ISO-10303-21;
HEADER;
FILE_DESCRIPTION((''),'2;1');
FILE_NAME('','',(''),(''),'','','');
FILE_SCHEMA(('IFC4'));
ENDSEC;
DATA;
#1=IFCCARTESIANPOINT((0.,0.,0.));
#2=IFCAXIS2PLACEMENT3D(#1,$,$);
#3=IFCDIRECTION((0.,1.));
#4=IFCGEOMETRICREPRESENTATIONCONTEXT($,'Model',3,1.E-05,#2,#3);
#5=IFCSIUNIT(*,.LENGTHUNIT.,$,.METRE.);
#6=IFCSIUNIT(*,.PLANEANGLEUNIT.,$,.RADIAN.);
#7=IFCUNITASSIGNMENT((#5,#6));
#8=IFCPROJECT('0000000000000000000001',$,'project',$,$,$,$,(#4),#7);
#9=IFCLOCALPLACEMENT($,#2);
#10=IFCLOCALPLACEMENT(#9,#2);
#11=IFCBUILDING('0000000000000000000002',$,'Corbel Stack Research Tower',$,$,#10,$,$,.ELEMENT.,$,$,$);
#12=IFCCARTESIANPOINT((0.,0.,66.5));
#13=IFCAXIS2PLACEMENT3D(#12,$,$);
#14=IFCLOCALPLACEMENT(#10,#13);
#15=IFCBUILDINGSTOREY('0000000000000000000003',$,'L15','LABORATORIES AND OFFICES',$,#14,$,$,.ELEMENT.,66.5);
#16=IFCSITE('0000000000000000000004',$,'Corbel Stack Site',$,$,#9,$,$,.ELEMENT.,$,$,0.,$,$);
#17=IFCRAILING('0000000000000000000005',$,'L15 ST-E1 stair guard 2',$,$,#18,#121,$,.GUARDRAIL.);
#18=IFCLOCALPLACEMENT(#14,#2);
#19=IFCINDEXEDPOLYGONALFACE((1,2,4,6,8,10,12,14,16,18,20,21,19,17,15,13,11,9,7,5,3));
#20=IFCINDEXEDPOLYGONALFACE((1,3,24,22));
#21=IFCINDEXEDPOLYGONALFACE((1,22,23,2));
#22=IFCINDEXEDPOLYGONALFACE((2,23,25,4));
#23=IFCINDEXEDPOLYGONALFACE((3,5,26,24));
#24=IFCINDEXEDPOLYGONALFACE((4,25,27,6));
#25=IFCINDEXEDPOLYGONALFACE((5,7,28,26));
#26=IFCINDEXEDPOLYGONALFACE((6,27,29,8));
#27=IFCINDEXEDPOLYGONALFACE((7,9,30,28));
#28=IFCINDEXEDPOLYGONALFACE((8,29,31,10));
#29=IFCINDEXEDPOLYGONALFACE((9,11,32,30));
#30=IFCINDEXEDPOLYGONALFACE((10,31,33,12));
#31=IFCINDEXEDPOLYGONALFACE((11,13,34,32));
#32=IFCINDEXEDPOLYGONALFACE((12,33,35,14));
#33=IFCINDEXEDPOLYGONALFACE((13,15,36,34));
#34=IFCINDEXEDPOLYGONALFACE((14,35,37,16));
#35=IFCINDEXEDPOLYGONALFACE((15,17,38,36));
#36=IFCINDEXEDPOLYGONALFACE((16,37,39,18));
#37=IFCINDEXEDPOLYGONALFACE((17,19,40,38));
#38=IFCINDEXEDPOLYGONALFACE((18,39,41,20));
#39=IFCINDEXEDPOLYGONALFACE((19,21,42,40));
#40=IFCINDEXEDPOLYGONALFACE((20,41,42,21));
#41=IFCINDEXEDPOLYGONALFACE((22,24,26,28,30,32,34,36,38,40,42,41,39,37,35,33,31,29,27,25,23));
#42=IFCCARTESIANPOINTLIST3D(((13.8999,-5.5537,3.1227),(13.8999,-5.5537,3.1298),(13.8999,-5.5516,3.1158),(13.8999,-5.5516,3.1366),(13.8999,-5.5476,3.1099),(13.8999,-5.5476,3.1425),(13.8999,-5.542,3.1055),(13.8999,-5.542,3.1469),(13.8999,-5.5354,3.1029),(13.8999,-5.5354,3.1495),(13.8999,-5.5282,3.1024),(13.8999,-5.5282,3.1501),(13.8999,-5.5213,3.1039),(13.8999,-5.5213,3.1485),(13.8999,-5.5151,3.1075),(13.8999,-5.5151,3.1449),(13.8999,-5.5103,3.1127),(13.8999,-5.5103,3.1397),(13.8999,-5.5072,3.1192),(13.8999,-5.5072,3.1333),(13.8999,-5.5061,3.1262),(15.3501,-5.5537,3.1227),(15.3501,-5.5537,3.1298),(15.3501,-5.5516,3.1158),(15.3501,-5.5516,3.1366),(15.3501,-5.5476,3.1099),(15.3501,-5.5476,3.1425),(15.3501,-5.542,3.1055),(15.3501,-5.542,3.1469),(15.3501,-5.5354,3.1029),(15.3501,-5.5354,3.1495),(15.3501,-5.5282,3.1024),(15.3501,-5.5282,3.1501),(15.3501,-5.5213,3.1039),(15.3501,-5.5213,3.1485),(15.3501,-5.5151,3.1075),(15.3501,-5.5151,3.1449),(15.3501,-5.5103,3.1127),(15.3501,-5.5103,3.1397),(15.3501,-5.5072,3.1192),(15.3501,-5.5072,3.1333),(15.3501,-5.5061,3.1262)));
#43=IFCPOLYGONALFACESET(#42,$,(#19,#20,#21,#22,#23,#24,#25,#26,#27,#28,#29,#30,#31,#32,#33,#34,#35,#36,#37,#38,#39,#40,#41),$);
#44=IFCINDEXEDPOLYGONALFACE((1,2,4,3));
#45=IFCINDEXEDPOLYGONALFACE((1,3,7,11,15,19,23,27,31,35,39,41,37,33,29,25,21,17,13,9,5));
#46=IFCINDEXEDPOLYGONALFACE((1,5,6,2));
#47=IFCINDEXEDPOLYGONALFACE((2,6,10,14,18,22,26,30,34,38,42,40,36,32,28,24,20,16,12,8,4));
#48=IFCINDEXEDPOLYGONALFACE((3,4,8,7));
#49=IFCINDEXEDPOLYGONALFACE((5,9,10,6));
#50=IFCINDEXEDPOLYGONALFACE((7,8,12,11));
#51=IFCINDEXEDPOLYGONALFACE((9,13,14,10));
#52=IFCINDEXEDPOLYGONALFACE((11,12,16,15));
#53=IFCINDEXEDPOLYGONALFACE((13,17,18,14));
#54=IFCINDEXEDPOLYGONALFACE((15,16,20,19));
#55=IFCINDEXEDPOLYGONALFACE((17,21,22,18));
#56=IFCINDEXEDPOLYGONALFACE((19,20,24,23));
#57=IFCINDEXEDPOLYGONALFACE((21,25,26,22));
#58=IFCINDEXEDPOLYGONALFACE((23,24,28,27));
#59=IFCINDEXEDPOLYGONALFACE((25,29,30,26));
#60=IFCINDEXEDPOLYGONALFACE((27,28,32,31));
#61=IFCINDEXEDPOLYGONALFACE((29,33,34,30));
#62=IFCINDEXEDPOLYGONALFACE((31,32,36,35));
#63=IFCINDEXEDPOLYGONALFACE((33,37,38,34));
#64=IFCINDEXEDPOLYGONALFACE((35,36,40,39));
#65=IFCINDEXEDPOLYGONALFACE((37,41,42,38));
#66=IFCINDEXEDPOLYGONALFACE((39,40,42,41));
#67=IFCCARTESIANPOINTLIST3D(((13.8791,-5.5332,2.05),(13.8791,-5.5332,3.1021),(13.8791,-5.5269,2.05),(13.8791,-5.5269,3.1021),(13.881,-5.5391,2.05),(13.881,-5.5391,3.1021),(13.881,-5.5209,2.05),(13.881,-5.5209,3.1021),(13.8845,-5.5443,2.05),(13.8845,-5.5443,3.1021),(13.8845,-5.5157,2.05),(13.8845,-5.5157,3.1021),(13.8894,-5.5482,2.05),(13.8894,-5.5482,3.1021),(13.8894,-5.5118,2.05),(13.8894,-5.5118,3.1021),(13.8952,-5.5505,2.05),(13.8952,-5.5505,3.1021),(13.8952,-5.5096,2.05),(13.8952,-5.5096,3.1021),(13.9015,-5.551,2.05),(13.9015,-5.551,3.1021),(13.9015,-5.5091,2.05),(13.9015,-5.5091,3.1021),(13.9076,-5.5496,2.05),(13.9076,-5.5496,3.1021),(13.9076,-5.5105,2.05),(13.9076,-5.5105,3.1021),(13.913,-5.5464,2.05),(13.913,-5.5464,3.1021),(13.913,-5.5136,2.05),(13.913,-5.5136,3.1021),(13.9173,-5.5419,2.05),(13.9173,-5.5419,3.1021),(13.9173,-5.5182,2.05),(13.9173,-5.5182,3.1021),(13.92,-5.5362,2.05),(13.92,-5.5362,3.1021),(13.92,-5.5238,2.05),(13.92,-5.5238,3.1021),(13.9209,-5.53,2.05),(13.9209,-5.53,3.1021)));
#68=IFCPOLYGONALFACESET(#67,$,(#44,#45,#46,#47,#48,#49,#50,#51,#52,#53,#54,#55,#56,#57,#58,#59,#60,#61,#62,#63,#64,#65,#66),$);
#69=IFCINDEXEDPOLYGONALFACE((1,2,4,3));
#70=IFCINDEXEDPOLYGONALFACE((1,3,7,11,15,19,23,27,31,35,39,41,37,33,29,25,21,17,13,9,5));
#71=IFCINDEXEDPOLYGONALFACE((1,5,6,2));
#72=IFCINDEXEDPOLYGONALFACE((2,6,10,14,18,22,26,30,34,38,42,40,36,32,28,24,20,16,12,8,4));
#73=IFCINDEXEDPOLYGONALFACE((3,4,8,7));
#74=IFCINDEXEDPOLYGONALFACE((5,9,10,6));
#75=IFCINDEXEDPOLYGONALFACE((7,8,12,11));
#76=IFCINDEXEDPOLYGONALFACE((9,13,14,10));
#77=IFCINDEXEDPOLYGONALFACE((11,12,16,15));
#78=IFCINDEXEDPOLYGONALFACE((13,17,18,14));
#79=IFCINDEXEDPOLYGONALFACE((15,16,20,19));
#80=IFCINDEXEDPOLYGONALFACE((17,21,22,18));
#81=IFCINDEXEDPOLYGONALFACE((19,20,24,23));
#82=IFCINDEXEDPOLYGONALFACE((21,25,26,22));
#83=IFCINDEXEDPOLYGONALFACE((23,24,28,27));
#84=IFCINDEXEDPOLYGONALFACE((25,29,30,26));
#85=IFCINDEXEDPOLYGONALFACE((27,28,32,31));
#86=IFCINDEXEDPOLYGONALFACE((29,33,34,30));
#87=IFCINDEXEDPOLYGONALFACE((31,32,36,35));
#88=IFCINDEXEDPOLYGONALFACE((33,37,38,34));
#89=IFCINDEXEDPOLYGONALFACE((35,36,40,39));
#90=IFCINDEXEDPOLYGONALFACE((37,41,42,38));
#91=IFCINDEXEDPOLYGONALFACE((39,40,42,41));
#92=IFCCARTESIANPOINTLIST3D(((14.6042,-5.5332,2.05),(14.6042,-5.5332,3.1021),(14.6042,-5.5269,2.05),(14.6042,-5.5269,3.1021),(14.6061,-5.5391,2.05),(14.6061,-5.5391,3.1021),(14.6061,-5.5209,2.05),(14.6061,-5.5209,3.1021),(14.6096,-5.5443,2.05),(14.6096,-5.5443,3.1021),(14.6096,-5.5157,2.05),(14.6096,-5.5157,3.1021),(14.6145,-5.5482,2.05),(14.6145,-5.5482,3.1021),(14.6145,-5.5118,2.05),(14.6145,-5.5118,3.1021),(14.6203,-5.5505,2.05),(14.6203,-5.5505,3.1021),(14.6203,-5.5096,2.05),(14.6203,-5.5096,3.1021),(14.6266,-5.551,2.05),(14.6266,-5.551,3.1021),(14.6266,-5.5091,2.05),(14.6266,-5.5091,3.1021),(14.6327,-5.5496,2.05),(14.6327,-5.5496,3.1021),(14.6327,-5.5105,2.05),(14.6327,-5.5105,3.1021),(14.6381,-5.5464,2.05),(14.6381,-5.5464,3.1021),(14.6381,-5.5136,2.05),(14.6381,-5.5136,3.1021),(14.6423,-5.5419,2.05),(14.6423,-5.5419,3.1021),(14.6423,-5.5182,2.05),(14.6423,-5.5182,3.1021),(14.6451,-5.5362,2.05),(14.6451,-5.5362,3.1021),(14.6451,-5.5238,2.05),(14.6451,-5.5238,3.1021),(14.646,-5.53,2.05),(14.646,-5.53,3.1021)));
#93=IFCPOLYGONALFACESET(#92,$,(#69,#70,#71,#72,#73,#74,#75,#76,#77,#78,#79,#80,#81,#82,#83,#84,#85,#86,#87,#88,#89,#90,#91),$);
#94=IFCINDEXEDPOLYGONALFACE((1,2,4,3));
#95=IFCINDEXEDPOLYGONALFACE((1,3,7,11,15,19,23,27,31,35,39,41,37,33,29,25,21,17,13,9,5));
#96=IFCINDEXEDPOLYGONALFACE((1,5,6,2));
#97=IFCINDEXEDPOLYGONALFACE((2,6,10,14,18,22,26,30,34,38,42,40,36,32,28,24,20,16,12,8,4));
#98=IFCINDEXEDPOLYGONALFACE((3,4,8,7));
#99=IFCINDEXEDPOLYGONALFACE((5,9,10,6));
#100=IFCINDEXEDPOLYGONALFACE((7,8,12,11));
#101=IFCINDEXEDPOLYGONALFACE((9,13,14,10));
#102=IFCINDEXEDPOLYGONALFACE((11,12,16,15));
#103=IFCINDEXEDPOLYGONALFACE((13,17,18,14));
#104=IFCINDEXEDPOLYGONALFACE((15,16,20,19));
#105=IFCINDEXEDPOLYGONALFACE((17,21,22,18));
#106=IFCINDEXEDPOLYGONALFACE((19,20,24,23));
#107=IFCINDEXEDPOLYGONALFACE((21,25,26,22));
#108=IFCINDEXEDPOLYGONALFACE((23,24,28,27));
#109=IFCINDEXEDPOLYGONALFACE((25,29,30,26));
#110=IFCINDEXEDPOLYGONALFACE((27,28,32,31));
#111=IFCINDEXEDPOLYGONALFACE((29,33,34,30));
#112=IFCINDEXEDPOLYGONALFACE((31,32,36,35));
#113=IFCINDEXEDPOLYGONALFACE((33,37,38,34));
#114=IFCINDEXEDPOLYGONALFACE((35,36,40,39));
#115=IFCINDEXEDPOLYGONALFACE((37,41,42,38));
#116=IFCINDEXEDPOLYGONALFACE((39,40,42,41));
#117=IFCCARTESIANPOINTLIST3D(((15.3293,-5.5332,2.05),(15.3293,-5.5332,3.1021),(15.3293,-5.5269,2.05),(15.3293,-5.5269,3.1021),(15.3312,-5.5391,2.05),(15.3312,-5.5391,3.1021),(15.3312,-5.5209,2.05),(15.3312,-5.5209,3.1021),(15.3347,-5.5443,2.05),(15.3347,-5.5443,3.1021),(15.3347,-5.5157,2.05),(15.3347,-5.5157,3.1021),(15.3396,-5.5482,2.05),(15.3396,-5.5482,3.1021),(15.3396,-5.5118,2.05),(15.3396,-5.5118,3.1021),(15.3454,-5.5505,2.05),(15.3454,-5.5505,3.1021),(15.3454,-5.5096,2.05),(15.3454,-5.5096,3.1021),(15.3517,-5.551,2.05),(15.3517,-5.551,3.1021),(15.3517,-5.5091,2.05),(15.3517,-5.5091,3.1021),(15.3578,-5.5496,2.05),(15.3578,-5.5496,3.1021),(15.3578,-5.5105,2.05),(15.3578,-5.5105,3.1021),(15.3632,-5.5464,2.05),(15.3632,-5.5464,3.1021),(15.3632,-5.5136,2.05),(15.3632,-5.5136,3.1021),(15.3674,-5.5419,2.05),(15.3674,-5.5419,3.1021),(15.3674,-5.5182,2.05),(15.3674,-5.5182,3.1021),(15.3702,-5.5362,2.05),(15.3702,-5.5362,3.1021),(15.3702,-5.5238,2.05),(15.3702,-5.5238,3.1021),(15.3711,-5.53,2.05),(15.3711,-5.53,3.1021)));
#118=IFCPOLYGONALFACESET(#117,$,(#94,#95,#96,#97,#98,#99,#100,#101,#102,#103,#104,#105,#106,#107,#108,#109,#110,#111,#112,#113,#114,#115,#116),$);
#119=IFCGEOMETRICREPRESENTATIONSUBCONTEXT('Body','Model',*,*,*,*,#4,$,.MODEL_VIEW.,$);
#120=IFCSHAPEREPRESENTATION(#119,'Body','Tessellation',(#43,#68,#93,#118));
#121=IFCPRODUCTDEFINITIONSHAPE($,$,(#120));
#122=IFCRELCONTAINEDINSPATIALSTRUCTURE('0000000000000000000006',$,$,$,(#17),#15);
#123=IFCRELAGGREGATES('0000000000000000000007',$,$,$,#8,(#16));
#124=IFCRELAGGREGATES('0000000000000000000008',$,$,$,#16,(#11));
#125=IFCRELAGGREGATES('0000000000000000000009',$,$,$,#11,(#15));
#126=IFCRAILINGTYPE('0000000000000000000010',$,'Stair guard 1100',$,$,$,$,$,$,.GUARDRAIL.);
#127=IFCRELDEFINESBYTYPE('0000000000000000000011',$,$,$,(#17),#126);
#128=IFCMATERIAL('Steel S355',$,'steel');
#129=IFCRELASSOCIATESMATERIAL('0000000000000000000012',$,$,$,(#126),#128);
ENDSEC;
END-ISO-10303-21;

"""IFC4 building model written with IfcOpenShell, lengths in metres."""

from ifc_helpers import new_model, si_unit, direction, frame, origin, origin_2d, place, context, subcontext, project, spatial, circle, extrude, material, type_object, element, save


model = new_model("IFC4")

# Units and contexts
model_context = context("Model", 3, precision=1e-05, world=origin(), true_north=direction((0.0, 1.0)))
body_context = subcontext(model_context, "Body", "Model", "MODEL_VIEW")
ifc_project = project(units=[si_unit("LENGTHUNIT", "METRE"), si_unit("PLANEANGLEUNIT", "RADIAN")], contexts=[model_context])

# Site, building, storey
site_placement = place(None, origin())
site = spatial("IfcSite", under=ifc_project, at=site_placement, Name="Corbel Stack Site", CompositionType="ELEMENT", RefElevation=0.0)
building_placement = place(site_placement, origin())
building = spatial("IfcBuilding", under=site, at=building_placement, Name="Corbel Stack Research Tower", CompositionType="ELEMENT")
storey_placement = place(building_placement, frame((0.0, 0.0, 66.5)))
storey = spatial("IfcBuildingStorey", under=building, at=storey_placement, Name="L15", Description="LABORATORIES AND OFFICES", CompositionType="ELEMENT", Elevation=66.5)

# Railing
ifc_material_1 = material(Name="Steel S355", Category="steel")
railing_type_1 = type_object("IfcRailingType", Name="Stair guard 1100", PredefinedType="GUARDRAIL", material=ifc_material_1)
railing_1_placement = place(storey_placement, frame((13.8999, -5.53, 2.05)))
element("IfcRailing", 1, at=railing_1_placement, inside=storey, type_object=railing_type_1, Name="L15 ST-E1 stair guard 2", PredefinedType="GUARDRAIL", context=body_context, shape_type="SweptSolid", body=[
    extrude(circle(Radius=0.0239, at=origin_2d()), frame((0.0, 0.0, 1.0762), z_axis=(1.0, 0.0, 0.0), x_axis=(0.0, 1.0, 0.0)), (0.0, 0.0, 1.0), 1.4502),
    extrude(circle(Radius=0.021, at=origin_2d()), origin(), (0.0, 0.0, 1.0), 1.052),
    extrude(circle(Radius=0.021, at=origin_2d()), frame((0.7251, 0.0, 0.0)), (0.0, 0.0, 1.0), 1.052),
    extrude(circle(Radius=0.021, at=origin_2d()), frame((1.4502, 0.0, 0.0)), (0.0, 0.0, 1.0), 1.052),
])

save(model, "model.ifc")
